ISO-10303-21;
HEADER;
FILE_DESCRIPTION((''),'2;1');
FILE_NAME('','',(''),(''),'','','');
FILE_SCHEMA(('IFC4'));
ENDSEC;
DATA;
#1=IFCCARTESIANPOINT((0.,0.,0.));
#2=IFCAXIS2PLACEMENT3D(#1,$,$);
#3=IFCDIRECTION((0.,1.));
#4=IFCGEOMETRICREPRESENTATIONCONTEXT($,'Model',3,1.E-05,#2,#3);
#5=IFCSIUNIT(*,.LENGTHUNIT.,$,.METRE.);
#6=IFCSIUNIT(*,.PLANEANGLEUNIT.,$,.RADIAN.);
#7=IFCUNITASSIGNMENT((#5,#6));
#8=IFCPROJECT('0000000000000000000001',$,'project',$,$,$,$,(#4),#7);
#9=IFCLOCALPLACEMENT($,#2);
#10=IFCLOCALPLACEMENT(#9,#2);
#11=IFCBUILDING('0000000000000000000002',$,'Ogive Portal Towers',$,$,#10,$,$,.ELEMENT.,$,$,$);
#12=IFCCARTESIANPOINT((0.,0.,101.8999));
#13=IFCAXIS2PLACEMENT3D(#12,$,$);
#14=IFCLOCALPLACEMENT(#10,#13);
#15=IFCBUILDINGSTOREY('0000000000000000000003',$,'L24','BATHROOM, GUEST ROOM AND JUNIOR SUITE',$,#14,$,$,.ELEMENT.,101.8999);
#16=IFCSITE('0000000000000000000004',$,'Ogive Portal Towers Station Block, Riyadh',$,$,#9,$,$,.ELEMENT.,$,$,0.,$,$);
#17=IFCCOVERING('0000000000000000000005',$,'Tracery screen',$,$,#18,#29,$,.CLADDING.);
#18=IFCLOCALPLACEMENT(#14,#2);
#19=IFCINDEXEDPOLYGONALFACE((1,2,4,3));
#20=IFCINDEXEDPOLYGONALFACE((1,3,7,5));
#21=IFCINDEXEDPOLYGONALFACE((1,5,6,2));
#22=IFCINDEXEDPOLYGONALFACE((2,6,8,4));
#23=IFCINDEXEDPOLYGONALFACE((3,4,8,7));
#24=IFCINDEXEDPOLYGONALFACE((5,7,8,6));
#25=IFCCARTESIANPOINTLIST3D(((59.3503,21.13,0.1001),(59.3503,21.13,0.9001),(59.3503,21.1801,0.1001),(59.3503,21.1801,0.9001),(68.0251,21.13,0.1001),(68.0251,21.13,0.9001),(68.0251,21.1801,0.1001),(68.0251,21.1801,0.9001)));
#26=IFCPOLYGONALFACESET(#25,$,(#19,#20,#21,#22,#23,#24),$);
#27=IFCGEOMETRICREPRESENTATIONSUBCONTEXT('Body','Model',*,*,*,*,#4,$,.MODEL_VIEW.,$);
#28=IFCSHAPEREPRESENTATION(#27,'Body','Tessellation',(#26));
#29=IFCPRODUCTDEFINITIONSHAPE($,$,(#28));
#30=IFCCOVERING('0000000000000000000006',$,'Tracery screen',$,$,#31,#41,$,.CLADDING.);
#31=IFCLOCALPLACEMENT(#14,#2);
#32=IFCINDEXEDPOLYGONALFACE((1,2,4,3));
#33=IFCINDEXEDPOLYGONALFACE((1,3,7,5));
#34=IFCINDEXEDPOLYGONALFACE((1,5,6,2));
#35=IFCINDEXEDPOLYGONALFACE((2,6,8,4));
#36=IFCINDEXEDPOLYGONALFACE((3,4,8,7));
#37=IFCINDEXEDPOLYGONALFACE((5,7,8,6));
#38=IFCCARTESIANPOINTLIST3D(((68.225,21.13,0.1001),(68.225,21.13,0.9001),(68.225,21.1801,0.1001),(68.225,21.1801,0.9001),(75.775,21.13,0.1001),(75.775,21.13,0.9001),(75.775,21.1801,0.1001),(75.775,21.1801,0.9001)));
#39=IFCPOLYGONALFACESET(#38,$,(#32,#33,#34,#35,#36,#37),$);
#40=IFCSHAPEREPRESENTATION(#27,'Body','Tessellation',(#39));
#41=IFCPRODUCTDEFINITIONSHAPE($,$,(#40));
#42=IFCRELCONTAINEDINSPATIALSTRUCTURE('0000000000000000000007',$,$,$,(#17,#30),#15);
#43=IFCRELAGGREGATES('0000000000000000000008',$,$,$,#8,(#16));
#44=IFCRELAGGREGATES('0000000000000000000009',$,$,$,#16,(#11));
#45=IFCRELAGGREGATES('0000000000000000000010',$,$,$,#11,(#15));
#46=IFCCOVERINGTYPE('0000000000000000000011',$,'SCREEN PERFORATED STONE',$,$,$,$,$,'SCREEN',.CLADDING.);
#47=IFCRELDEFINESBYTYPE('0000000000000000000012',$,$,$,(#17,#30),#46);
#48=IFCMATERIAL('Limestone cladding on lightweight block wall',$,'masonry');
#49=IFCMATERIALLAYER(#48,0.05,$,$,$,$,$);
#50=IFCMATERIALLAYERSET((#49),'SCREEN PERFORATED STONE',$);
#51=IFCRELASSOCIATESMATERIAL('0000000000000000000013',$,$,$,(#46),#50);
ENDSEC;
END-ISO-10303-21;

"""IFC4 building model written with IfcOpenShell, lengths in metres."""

from ifc_helpers import new_model, si_unit, direction, frame, origin, origin_2d, place, context, subcontext, project, spatial, rectangle, extrude, material, layer, layer_set, type_object, element, save


model = new_model("IFC4")

# Units and contexts
model_context = context("Model", 3, precision=1e-05, world=origin(), true_north=direction((0.0, 1.0)))
body_context = subcontext(model_context, "Body", "Model", "MODEL_VIEW")
ifc_project = project(units=[si_unit("LENGTHUNIT", "METRE"), si_unit("PLANEANGLEUNIT", "RADIAN")], contexts=[model_context])

# Site, building, storey
site_placement = place(None, origin())
site = spatial("IfcSite", under=ifc_project, at=site_placement, Name="Ogive Portal Towers Station Block, Riyadh", CompositionType="ELEMENT", RefElevation=0.0)
building_placement = place(site_placement, origin())
building = spatial("IfcBuilding", under=site, at=building_placement, Name="Ogive Portal Towers", CompositionType="ELEMENT")
storey_placement = place(building_placement, frame((0.0, 0.0, 101.8999)))
storey = spatial("IfcBuildingStorey", under=building, at=storey_placement, Name="L24", Description="BATHROOM, GUEST ROOM AND JUNIOR SUITE", CompositionType="ELEMENT", Elevation=101.8999)

# Shared definitions
ifc_material_1 = material(Name="Limestone cladding on lightweight block wall", Category="masonry")

# Coverings
ifc_layer_1 = layer(ifc_material_1, 0.05)
ifc_layer_set_1 = layer_set([ifc_layer_1], Name="SCREEN PERFORATED STONE")
covering_type = type_object("IfcCoveringType", Name="SCREEN PERFORATED STONE", ElementType="SCREEN", PredefinedType="CLADDING", material=ifc_layer_set_1)
covering_1_placement = place(storey_placement, frame((63.6877, 21.155, 0.1001), z_axis=(0.0, 0.0, 1.0), x_axis=(1.0, 0.0, 0.0)))
element("IfcCovering", 1, at=covering_1_placement, inside=storey, type_object=covering_type, Name="Tracery screen", PredefinedType="CLADDING", context=body_context, shape_type="SweptSolid", body=[
    extrude(rectangle(XDim=8.6748, YDim=0.05, at=origin_2d()), origin(), (0.0, 0.0, 1.0), 0.8),
])
covering_2_placement = place(storey_placement, frame((72.0, 21.155, 0.1001), z_axis=(0.0, 0.0, 1.0), x_axis=(1.0, 0.0, 0.0)))
element("IfcCovering", 2, at=covering_2_placement, inside=storey, type_object=covering_type, Name="Tracery screen", PredefinedType="CLADDING", context=body_context, shape_type="SweptSolid", body=[
    extrude(rectangle(XDim=7.55, YDim=0.05, at=origin_2d()), origin(), (0.0, 0.0, 1.0), 0.8),
])

save(model, "model.ifc")
